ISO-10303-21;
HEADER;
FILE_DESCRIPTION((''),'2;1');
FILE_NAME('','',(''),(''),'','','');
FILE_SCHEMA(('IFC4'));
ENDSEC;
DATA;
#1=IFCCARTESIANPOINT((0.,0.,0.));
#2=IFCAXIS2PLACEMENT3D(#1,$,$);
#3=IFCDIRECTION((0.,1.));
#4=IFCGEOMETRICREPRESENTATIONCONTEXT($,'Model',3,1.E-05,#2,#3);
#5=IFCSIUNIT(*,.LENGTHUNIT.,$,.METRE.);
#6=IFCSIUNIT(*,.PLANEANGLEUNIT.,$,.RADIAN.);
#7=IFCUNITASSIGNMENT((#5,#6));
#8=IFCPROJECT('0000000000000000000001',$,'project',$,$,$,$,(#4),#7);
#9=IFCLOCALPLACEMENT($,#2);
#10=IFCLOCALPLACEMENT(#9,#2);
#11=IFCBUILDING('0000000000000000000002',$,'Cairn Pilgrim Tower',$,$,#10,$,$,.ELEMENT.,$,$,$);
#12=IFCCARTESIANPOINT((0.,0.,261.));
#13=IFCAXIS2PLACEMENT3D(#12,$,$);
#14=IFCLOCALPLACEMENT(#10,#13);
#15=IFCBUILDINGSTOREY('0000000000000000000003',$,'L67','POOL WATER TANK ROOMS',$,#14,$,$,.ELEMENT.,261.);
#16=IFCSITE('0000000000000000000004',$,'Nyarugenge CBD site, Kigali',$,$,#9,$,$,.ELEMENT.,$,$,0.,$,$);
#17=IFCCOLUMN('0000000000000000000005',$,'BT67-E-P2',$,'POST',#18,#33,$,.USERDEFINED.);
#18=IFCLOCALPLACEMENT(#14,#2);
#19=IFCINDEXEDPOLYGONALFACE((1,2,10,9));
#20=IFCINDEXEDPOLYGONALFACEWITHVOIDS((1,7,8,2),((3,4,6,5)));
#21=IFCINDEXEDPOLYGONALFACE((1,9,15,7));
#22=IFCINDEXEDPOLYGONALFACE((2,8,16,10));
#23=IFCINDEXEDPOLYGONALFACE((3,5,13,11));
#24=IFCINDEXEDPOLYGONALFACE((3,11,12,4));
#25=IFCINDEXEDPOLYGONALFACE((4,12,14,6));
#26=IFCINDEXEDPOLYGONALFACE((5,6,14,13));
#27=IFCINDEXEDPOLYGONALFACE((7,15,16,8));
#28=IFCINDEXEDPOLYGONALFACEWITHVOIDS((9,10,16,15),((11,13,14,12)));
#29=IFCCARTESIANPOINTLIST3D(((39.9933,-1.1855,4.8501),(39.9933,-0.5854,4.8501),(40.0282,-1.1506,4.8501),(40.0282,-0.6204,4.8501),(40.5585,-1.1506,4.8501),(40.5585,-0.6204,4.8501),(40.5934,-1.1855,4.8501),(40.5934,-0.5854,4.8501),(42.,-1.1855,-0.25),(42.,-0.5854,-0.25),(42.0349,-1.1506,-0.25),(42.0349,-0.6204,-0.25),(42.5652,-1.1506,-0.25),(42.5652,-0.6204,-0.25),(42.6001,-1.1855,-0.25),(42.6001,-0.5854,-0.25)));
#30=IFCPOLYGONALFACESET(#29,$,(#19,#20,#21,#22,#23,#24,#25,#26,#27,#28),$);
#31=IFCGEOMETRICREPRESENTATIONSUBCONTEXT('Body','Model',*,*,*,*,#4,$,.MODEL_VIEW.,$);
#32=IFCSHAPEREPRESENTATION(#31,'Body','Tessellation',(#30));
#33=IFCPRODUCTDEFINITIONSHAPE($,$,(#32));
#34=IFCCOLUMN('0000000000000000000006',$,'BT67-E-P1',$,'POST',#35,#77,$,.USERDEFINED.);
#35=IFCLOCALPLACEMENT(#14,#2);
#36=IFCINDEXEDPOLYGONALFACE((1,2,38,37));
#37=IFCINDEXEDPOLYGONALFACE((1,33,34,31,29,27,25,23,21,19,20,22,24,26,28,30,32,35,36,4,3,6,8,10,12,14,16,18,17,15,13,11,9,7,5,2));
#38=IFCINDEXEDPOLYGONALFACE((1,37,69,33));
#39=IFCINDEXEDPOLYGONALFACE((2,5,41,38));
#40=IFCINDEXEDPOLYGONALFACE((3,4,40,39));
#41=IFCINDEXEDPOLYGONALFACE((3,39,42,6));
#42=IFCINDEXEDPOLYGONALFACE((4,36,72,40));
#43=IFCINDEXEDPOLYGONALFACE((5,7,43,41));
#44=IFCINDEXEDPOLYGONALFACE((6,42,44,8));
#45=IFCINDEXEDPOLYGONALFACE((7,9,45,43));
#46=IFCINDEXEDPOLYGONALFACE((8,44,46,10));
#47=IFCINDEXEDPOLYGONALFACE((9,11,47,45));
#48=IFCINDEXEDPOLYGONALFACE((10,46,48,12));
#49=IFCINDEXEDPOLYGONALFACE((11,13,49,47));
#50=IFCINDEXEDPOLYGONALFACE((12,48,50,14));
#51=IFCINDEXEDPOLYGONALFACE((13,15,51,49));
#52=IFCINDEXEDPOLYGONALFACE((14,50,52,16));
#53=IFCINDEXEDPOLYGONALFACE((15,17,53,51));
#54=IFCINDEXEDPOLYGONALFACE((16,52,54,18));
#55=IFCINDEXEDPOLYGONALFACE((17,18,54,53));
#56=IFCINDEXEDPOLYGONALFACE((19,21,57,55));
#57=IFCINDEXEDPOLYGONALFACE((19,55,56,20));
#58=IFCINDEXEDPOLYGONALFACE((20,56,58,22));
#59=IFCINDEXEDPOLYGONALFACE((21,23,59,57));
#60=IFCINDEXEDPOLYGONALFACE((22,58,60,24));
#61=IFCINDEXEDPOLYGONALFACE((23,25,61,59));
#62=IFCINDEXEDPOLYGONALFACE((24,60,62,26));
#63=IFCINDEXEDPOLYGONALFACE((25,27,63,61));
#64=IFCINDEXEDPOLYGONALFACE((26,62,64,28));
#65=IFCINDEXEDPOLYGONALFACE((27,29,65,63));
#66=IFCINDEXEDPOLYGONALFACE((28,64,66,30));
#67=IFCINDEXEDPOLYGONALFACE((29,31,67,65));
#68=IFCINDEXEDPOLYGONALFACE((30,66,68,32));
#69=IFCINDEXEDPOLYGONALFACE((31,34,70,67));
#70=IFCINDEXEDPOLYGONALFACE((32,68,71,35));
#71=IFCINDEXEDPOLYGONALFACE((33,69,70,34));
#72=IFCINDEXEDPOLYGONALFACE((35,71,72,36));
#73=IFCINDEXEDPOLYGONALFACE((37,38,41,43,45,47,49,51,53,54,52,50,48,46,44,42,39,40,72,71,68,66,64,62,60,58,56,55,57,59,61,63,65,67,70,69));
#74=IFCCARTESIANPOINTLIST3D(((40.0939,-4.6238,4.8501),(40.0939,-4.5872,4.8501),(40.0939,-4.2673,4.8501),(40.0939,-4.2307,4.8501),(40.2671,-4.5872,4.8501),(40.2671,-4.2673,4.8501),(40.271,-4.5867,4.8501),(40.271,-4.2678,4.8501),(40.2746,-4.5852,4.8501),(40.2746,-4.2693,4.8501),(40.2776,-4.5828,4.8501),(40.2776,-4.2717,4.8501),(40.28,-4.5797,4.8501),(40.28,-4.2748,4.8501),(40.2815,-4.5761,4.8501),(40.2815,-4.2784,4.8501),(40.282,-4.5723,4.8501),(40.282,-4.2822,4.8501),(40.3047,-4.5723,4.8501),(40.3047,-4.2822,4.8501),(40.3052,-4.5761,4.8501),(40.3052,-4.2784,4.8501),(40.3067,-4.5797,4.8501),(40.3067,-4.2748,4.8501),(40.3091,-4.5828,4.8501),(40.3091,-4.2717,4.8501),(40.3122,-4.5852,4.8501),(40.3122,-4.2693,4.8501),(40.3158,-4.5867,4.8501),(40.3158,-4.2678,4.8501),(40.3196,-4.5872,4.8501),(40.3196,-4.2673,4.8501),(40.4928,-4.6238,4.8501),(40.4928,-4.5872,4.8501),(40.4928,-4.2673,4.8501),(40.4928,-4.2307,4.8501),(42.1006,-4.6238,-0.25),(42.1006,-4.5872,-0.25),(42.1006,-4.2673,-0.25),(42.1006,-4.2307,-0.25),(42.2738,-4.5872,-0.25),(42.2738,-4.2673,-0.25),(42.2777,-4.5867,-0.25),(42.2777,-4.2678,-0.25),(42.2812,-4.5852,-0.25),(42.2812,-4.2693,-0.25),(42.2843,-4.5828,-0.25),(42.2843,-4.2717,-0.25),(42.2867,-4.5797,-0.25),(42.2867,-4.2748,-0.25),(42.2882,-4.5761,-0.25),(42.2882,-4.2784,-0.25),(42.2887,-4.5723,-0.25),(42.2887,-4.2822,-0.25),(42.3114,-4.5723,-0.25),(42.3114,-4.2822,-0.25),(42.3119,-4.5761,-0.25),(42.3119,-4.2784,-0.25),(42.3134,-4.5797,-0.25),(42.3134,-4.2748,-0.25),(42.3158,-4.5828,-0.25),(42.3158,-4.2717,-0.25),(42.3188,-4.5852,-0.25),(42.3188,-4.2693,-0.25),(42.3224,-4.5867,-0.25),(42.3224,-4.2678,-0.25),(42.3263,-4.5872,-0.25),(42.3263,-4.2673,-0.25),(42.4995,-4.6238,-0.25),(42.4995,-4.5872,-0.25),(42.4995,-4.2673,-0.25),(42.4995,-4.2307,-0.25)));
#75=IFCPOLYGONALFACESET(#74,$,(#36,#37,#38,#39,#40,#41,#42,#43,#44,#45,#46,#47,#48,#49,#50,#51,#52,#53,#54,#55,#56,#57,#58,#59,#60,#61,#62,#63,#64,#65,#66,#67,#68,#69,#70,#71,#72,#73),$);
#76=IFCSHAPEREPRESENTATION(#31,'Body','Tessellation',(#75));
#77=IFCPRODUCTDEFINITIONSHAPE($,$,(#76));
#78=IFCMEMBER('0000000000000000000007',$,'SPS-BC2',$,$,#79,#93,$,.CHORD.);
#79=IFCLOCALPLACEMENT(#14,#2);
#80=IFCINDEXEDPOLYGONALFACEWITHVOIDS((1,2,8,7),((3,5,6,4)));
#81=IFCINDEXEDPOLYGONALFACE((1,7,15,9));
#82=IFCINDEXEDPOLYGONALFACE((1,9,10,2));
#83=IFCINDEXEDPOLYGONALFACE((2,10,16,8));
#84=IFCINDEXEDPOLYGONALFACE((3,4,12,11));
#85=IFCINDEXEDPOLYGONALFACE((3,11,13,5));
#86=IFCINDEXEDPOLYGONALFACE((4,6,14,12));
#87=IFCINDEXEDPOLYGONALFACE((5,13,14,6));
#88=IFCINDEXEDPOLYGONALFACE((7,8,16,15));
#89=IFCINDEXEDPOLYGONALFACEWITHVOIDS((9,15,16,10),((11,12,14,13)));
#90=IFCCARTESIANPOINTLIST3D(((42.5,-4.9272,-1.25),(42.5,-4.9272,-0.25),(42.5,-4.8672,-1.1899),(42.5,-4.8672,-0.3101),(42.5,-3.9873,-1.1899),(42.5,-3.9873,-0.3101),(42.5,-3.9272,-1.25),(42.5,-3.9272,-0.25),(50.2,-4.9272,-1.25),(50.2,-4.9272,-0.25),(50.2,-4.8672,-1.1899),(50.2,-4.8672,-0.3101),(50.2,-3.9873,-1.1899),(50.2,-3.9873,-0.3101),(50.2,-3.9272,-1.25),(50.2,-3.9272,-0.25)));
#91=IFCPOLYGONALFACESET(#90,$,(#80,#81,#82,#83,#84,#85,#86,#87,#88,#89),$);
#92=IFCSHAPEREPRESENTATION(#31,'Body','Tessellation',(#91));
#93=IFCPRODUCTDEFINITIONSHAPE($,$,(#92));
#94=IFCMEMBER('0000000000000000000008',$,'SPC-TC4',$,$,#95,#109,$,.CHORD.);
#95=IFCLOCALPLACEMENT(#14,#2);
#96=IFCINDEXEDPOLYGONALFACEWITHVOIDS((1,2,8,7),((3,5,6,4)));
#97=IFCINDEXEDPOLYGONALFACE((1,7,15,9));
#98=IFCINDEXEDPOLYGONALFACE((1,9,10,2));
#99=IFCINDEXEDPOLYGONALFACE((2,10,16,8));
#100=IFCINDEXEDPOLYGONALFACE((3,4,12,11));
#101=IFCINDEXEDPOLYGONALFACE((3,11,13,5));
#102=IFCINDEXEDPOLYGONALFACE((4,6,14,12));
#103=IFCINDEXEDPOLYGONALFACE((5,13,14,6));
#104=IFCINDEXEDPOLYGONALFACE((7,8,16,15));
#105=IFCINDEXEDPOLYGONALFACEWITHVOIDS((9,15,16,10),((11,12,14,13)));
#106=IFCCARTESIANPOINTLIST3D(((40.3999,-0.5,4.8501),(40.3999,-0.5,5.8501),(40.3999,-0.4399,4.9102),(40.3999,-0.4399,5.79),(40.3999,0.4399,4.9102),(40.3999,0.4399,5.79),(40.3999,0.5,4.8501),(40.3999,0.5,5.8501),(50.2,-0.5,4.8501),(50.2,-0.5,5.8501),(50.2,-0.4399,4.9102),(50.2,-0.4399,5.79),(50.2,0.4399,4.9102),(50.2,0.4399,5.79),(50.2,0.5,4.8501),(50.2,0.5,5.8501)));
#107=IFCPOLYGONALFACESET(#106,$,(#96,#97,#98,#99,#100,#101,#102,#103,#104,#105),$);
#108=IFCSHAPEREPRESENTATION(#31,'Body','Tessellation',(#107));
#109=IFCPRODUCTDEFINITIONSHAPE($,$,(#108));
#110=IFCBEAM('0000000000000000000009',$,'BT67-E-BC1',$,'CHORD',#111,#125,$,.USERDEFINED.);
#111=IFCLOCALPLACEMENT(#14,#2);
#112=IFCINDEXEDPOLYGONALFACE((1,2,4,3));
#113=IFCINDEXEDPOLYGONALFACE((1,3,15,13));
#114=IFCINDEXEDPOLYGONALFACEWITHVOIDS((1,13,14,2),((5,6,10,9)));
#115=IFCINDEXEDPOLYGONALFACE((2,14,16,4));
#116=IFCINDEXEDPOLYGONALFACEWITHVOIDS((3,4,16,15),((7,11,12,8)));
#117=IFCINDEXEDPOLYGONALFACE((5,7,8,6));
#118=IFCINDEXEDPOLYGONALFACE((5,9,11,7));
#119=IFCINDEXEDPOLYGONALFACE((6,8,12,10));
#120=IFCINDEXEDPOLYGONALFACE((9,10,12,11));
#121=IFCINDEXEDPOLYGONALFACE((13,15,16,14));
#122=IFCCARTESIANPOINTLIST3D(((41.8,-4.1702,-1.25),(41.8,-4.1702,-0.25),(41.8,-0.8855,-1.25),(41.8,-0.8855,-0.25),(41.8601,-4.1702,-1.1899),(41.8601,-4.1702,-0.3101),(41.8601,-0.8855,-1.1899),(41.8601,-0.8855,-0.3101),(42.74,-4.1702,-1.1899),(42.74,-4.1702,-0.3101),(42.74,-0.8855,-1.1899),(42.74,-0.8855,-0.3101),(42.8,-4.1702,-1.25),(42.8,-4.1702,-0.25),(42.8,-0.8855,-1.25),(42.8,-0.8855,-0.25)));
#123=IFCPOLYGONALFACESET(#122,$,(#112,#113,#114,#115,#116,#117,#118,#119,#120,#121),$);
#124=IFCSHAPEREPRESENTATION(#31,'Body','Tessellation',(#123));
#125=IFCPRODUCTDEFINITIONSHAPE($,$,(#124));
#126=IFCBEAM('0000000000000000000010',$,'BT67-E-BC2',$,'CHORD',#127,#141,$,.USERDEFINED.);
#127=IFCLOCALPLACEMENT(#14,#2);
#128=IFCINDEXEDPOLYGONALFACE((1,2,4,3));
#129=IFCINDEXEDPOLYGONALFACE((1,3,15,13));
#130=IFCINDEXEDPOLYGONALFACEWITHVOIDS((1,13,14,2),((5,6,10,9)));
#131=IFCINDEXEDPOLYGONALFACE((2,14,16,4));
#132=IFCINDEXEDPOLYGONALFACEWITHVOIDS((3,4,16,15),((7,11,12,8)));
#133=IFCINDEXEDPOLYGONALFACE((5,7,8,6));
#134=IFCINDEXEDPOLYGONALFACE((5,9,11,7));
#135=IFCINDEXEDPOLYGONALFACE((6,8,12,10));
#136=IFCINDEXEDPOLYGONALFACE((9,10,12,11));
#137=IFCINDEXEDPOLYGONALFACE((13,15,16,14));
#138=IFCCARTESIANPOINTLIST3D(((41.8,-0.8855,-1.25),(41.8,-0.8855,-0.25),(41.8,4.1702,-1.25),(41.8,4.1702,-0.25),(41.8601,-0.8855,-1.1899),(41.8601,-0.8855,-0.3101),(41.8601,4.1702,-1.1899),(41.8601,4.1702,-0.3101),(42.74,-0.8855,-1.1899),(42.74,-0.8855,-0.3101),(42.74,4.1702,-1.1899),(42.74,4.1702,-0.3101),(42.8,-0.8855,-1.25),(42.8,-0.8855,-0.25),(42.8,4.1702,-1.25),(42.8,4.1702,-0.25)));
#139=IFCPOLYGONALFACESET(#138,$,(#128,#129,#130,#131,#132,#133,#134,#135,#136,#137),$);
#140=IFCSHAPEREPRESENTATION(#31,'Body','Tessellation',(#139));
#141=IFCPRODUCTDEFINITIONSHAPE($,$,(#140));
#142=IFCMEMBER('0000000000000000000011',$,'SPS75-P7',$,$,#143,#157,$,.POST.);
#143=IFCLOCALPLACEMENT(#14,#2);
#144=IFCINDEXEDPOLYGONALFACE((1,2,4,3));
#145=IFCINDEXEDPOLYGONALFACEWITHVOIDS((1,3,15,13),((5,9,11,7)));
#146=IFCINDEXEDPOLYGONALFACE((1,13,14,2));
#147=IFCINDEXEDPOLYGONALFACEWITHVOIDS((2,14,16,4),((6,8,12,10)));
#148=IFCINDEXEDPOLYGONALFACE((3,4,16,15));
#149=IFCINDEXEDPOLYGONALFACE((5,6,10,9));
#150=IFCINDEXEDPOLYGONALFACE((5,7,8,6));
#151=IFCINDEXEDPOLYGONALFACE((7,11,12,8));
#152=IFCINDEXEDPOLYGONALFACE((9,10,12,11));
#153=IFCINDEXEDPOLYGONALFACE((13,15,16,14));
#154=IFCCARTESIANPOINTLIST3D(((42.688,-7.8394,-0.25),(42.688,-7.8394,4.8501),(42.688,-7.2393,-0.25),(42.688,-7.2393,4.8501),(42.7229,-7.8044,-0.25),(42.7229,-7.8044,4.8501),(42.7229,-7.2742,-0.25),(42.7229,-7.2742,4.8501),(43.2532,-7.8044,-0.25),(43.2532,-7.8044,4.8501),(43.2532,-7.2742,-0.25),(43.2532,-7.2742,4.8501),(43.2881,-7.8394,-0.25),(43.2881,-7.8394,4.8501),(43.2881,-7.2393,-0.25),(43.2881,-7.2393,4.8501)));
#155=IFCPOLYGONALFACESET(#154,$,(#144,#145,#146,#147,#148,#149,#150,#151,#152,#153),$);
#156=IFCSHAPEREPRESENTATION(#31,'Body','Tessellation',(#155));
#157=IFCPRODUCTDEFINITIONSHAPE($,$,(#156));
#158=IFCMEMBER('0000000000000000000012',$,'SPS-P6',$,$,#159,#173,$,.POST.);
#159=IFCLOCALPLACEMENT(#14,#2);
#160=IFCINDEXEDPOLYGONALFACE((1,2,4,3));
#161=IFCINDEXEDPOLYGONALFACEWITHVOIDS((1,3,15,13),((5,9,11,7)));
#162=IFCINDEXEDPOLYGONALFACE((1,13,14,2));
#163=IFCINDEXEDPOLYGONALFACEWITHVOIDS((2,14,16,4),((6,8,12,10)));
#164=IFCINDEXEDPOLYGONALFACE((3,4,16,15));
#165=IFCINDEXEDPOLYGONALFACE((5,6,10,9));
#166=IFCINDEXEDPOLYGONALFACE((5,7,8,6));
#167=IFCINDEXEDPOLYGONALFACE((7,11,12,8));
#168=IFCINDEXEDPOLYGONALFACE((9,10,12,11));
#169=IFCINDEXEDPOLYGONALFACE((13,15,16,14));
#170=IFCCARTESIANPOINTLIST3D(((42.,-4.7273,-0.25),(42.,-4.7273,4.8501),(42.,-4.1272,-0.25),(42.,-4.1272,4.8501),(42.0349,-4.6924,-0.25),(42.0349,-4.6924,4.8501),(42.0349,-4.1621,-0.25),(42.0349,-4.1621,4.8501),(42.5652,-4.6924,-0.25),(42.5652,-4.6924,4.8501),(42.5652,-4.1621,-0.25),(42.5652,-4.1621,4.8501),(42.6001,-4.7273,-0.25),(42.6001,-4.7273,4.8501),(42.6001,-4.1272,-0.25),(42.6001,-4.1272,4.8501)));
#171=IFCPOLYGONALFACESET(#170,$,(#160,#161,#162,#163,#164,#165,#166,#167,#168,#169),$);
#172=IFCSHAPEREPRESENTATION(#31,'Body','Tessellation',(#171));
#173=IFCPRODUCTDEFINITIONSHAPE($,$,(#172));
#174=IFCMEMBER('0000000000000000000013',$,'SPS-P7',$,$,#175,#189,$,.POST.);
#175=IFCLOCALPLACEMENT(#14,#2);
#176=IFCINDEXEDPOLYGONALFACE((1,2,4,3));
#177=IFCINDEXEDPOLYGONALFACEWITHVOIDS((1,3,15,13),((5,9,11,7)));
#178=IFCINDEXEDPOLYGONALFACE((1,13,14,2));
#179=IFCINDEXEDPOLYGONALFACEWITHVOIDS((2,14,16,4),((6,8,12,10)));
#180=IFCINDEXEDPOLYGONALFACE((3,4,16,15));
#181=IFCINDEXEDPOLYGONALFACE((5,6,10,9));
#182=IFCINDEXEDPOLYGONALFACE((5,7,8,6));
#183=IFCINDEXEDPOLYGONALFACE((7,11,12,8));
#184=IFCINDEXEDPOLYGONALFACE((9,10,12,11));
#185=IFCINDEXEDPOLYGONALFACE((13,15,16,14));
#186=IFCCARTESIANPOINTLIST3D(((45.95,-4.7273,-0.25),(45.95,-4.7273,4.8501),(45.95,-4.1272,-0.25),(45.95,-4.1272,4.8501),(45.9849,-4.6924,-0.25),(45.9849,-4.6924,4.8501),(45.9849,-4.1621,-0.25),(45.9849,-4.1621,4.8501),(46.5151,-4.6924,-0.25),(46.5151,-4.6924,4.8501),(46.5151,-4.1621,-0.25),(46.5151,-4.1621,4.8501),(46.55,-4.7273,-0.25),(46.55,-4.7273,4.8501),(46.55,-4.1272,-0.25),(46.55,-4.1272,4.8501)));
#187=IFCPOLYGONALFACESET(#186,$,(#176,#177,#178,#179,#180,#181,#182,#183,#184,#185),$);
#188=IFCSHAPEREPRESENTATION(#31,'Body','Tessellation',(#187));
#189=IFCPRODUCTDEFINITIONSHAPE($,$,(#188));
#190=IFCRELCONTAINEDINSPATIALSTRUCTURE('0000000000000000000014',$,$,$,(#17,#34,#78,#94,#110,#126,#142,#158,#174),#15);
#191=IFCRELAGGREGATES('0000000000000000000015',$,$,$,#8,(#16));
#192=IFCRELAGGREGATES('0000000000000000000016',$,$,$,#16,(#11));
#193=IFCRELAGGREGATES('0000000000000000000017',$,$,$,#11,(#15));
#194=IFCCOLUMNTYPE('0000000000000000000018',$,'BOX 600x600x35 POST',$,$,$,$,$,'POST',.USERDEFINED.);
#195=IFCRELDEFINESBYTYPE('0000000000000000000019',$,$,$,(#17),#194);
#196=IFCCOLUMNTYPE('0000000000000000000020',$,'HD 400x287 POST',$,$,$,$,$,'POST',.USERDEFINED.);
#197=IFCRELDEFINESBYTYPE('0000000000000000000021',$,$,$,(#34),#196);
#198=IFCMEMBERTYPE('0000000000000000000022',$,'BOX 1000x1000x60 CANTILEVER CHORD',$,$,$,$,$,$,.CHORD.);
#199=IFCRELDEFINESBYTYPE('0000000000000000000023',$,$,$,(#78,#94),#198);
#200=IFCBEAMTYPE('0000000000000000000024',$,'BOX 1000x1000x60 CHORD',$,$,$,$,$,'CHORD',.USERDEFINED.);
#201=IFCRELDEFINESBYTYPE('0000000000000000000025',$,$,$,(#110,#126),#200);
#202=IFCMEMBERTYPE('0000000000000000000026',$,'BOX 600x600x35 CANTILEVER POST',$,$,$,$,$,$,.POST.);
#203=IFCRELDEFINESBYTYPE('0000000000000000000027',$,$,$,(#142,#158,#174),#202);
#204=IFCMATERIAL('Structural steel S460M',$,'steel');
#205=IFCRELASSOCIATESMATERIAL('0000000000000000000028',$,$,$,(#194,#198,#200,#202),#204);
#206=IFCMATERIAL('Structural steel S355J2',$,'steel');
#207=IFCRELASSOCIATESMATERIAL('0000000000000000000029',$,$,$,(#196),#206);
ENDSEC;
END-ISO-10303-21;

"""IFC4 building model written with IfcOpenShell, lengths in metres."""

from ifc_helpers import new_model, si_unit, direction, frame, origin, origin_2d, place, context, subcontext, project, spatial, hollow_rectangle, i_section, extrude, clip, halfspace, material, material_profile, profile_set, type_object, element, save


model = new_model("IFC4")

# Units and contexts
model_context = context("Model", 3, precision=1e-05, world=origin(), true_north=direction((0.0, 1.0)))
body_context = subcontext(model_context, "Body", "Model", "MODEL_VIEW")
ifc_project = project(units=[si_unit("LENGTHUNIT", "METRE"), si_unit("PLANEANGLEUNIT", "RADIAN")], contexts=[model_context])

# Site, building, storey
site_placement = place(None, origin())
site = spatial("IfcSite", under=ifc_project, at=site_placement, Name="Nyarugenge CBD site, Kigali", CompositionType="ELEMENT", RefElevation=0.0)
building_placement = place(site_placement, origin())
building = spatial("IfcBuilding", under=site, at=building_placement, Name="Cairn Pilgrim Tower", CompositionType="ELEMENT")
storey_placement = place(building_placement, frame((0.0, 0.0, 261.0)))
storey = spatial("IfcBuildingStorey", under=building, at=storey_placement, Name="L67", Description="POOL WATER TANK ROOMS", CompositionType="ELEMENT", Elevation=261.0)

# Columns
ifc_material_1 = material(Name="Structural steel S460M", Category="steel")
ifc_material_profile_1 = material_profile(ifc_material_1, hollow_rectangle(XDim=0.6001, YDim=0.6001, WallThickness=0.0349, at=origin_2d()), Name="BOX 600x600x35")
ifc_profile_set_1 = profile_set([ifc_material_profile_1], Name="Structural steel S460M")
column_type_1 = type_object("IfcColumnType", Name="BOX 600x600x35 POST", ElementType="POST", PredefinedType="USERDEFINED", material=ifc_profile_set_1)
column_1_placement = place(storey_placement, frame((42.3, -0.8855, -0.25), z_axis=(0.0, 0.0, 1.0), x_axis=(1.0, 0.0, 0.0)))
element("IfcColumn", 1, at=column_1_placement, inside=storey, type_object=column_type_1, Name="BT67-E-P2", ObjectType="POST", PredefinedType="USERDEFINED", context=body_context, shape_type="Clipping", body=[
    clip(extrude(hollow_rectangle(XDim=0.6001, YDim=0.6001, WallThickness=0.0349, at=origin_2d()), origin(), (-0.366139, 0.0, 0.93056), 6.5552), halfspace(frame((0.0, 0.0, 5.1001), z_axis=(0.0, 0.0, 1.0), x_axis=(1.0, 0.0, 0.0)), False)),
])
ifc_material_2 = material(Name="Structural steel S355J2", Category="steel")
ifc_material_profile_2 = material_profile(ifc_material_2, i_section(OverallWidth=0.3989, OverallDepth=0.3931, WebThickness=0.0227, FlangeThickness=0.0366, FilletRadius=0.0149, at=origin_2d()), Name="HD 400x287")
ifc_profile_set_2 = profile_set([ifc_material_profile_2], Name="Structural steel S355J2")
column_type_2 = type_object("IfcColumnType", Name="HD 400x287 POST", ElementType="POST", PredefinedType="USERDEFINED", material=ifc_profile_set_2)
column_2_placement = place(storey_placement, frame((42.3, -4.4272, -0.25), z_axis=(0.0, 0.0, 1.0), x_axis=(1.0, 0.0, 0.0)))
element("IfcColumn", 2, at=column_2_placement, inside=storey, type_object=column_type_2, Name="BT67-E-P1", ObjectType="POST", PredefinedType="USERDEFINED", context=body_context, shape_type="Clipping", body=[
    clip(extrude(i_section(OverallWidth=0.3989, OverallDepth=0.3931, WebThickness=0.0227, FlangeThickness=0.0366, FilletRadius=0.0149, at=origin_2d()), origin(), (-0.366139, 0.0, 0.93056), 6.5552), halfspace(frame((0.0, 0.0, 5.1001), z_axis=(0.0, 0.0, 1.0), x_axis=(1.0, 0.0, 0.0)), False)),
])

# Members
ifc_material_profile_3 = material_profile(ifc_material_1, hollow_rectangle(XDim=1.0, YDim=1.0, WallThickness=0.0601, at=origin_2d()), Name="BOX 1000x1000x60")
ifc_profile_set_3 = profile_set([ifc_material_profile_3], Name="Structural steel S460M")
member_type_1 = type_object("IfcMemberType", Name="BOX 1000x1000x60 CANTILEVER CHORD", PredefinedType="CHORD", material=ifc_profile_set_3)
member_1_placement = place(storey_placement, frame((42.5, -4.4272, -0.75), z_axis=(1.0, 0.0, 0.0), x_axis=(0.0, 1.0, 0.0)))
element("IfcMember", 3, at=member_1_placement, inside=storey, type_object=member_type_1, Name="SPS-BC2", PredefinedType="CHORD", context=body_context, shape_type="SweptSolid", body=[
    extrude(hollow_rectangle(XDim=1.0, YDim=1.0, WallThickness=0.0601, at=origin_2d()), origin(), (0.0, 0.0, 1.0), 7.7),
])
member_2_placement = place(storey_placement, frame((40.3999, 0.0, 5.3501), z_axis=(1.0, 0.0, 0.0), x_axis=(0.0, 1.0, 0.0)))
element("IfcMember", 4, at=member_2_placement, inside=storey, type_object=member_type_1, Name="SPC-TC4", PredefinedType="CHORD", context=body_context, shape_type="SweptSolid", body=[
    extrude(hollow_rectangle(XDim=1.0, YDim=1.0, WallThickness=0.0601, at=origin_2d()), origin(), (0.0, 0.0, 1.0), 9.8),
])

# Beams
ifc_material_profile_4 = material_profile(ifc_material_1, hollow_rectangle(XDim=1.0, YDim=1.0, WallThickness=0.0601, at=origin_2d()), Name="BOX 1000x1000x60")
ifc_profile_set_4 = profile_set([ifc_material_profile_4], Name="Structural steel S460M")
beam_type_1 = type_object("IfcBeamType", Name="BOX 1000x1000x60 CHORD", ElementType="CHORD", PredefinedType="USERDEFINED", material=ifc_profile_set_4)
beam_1_placement = place(storey_placement, frame((42.3, -4.1702, -0.75), z_axis=(0.0, 1.0, 0.0), x_axis=(-1.0, 0.0, 0.0)))
element("IfcBeam", 5, at=beam_1_placement, inside=storey, type_object=beam_type_1, Name="BT67-E-BC1", ObjectType="CHORD", PredefinedType="USERDEFINED", context=body_context, shape_type="SweptSolid", body=[
    extrude(hollow_rectangle(XDim=1.0, YDim=1.0, WallThickness=0.0601, at=origin_2d()), origin(), (0.0, 0.0, 1.0), 3.2847),
])
beam_2_placement = place(storey_placement, frame((42.3, -0.8855, -0.75), z_axis=(0.0, 1.0, 0.0), x_axis=(-1.0, 0.0, 0.0)))
element("IfcBeam", 6, at=beam_2_placement, inside=storey, type_object=beam_type_1, Name="BT67-E-BC2", ObjectType="CHORD", PredefinedType="USERDEFINED", context=body_context, shape_type="SweptSolid", body=[
    extrude(hollow_rectangle(XDim=1.0, YDim=1.0, WallThickness=0.0601, at=origin_2d()), origin(), (0.0, 0.0, 1.0), 5.0557),
])

# Members
ifc_material_profile_5 = material_profile(ifc_material_1, hollow_rectangle(XDim=0.6001, YDim=0.6001, WallThickness=0.0349, at=origin_2d()), Name="BOX 600x600x35")
ifc_profile_set_5 = profile_set([ifc_material_profile_5], Name="Structural steel S460M")
member_type_2 = type_object("IfcMemberType", Name="BOX 600x600x35 CANTILEVER POST", PredefinedType="POST", material=ifc_profile_set_5)
for number, where, z_axis, x_axis, name in (
    (7, (42.988, -7.5393, -0.25), (0.0, 0.0, 1.0), (1.0, 0.0, 0.0), "SPS75-P7"),
    (8, (42.3, -4.4272, -0.25), (0.0, 0.0, 1.0), (1.0, 0.0, 0.0), "SPS-P6"),
    (9, (46.25, -4.4272, -0.25), (0.0, 0.0, 1.0), (1.0, 0.0, 0.0), "SPS-P7"),
):
    element("IfcMember", number, at=place(storey_placement, frame(where, z_axis=z_axis, x_axis=x_axis)), inside=storey, type_object=member_type_2, Name=name, PredefinedType="POST", context=body_context, shape_type="SweptSolid", body=[
        extrude(hollow_rectangle(XDim=0.6001, YDim=0.6001, WallThickness=0.0349, at=origin_2d()), origin(), (0.0, 0.0, 1.0), 5.1001),
    ])

save(model, "model.ifc")
